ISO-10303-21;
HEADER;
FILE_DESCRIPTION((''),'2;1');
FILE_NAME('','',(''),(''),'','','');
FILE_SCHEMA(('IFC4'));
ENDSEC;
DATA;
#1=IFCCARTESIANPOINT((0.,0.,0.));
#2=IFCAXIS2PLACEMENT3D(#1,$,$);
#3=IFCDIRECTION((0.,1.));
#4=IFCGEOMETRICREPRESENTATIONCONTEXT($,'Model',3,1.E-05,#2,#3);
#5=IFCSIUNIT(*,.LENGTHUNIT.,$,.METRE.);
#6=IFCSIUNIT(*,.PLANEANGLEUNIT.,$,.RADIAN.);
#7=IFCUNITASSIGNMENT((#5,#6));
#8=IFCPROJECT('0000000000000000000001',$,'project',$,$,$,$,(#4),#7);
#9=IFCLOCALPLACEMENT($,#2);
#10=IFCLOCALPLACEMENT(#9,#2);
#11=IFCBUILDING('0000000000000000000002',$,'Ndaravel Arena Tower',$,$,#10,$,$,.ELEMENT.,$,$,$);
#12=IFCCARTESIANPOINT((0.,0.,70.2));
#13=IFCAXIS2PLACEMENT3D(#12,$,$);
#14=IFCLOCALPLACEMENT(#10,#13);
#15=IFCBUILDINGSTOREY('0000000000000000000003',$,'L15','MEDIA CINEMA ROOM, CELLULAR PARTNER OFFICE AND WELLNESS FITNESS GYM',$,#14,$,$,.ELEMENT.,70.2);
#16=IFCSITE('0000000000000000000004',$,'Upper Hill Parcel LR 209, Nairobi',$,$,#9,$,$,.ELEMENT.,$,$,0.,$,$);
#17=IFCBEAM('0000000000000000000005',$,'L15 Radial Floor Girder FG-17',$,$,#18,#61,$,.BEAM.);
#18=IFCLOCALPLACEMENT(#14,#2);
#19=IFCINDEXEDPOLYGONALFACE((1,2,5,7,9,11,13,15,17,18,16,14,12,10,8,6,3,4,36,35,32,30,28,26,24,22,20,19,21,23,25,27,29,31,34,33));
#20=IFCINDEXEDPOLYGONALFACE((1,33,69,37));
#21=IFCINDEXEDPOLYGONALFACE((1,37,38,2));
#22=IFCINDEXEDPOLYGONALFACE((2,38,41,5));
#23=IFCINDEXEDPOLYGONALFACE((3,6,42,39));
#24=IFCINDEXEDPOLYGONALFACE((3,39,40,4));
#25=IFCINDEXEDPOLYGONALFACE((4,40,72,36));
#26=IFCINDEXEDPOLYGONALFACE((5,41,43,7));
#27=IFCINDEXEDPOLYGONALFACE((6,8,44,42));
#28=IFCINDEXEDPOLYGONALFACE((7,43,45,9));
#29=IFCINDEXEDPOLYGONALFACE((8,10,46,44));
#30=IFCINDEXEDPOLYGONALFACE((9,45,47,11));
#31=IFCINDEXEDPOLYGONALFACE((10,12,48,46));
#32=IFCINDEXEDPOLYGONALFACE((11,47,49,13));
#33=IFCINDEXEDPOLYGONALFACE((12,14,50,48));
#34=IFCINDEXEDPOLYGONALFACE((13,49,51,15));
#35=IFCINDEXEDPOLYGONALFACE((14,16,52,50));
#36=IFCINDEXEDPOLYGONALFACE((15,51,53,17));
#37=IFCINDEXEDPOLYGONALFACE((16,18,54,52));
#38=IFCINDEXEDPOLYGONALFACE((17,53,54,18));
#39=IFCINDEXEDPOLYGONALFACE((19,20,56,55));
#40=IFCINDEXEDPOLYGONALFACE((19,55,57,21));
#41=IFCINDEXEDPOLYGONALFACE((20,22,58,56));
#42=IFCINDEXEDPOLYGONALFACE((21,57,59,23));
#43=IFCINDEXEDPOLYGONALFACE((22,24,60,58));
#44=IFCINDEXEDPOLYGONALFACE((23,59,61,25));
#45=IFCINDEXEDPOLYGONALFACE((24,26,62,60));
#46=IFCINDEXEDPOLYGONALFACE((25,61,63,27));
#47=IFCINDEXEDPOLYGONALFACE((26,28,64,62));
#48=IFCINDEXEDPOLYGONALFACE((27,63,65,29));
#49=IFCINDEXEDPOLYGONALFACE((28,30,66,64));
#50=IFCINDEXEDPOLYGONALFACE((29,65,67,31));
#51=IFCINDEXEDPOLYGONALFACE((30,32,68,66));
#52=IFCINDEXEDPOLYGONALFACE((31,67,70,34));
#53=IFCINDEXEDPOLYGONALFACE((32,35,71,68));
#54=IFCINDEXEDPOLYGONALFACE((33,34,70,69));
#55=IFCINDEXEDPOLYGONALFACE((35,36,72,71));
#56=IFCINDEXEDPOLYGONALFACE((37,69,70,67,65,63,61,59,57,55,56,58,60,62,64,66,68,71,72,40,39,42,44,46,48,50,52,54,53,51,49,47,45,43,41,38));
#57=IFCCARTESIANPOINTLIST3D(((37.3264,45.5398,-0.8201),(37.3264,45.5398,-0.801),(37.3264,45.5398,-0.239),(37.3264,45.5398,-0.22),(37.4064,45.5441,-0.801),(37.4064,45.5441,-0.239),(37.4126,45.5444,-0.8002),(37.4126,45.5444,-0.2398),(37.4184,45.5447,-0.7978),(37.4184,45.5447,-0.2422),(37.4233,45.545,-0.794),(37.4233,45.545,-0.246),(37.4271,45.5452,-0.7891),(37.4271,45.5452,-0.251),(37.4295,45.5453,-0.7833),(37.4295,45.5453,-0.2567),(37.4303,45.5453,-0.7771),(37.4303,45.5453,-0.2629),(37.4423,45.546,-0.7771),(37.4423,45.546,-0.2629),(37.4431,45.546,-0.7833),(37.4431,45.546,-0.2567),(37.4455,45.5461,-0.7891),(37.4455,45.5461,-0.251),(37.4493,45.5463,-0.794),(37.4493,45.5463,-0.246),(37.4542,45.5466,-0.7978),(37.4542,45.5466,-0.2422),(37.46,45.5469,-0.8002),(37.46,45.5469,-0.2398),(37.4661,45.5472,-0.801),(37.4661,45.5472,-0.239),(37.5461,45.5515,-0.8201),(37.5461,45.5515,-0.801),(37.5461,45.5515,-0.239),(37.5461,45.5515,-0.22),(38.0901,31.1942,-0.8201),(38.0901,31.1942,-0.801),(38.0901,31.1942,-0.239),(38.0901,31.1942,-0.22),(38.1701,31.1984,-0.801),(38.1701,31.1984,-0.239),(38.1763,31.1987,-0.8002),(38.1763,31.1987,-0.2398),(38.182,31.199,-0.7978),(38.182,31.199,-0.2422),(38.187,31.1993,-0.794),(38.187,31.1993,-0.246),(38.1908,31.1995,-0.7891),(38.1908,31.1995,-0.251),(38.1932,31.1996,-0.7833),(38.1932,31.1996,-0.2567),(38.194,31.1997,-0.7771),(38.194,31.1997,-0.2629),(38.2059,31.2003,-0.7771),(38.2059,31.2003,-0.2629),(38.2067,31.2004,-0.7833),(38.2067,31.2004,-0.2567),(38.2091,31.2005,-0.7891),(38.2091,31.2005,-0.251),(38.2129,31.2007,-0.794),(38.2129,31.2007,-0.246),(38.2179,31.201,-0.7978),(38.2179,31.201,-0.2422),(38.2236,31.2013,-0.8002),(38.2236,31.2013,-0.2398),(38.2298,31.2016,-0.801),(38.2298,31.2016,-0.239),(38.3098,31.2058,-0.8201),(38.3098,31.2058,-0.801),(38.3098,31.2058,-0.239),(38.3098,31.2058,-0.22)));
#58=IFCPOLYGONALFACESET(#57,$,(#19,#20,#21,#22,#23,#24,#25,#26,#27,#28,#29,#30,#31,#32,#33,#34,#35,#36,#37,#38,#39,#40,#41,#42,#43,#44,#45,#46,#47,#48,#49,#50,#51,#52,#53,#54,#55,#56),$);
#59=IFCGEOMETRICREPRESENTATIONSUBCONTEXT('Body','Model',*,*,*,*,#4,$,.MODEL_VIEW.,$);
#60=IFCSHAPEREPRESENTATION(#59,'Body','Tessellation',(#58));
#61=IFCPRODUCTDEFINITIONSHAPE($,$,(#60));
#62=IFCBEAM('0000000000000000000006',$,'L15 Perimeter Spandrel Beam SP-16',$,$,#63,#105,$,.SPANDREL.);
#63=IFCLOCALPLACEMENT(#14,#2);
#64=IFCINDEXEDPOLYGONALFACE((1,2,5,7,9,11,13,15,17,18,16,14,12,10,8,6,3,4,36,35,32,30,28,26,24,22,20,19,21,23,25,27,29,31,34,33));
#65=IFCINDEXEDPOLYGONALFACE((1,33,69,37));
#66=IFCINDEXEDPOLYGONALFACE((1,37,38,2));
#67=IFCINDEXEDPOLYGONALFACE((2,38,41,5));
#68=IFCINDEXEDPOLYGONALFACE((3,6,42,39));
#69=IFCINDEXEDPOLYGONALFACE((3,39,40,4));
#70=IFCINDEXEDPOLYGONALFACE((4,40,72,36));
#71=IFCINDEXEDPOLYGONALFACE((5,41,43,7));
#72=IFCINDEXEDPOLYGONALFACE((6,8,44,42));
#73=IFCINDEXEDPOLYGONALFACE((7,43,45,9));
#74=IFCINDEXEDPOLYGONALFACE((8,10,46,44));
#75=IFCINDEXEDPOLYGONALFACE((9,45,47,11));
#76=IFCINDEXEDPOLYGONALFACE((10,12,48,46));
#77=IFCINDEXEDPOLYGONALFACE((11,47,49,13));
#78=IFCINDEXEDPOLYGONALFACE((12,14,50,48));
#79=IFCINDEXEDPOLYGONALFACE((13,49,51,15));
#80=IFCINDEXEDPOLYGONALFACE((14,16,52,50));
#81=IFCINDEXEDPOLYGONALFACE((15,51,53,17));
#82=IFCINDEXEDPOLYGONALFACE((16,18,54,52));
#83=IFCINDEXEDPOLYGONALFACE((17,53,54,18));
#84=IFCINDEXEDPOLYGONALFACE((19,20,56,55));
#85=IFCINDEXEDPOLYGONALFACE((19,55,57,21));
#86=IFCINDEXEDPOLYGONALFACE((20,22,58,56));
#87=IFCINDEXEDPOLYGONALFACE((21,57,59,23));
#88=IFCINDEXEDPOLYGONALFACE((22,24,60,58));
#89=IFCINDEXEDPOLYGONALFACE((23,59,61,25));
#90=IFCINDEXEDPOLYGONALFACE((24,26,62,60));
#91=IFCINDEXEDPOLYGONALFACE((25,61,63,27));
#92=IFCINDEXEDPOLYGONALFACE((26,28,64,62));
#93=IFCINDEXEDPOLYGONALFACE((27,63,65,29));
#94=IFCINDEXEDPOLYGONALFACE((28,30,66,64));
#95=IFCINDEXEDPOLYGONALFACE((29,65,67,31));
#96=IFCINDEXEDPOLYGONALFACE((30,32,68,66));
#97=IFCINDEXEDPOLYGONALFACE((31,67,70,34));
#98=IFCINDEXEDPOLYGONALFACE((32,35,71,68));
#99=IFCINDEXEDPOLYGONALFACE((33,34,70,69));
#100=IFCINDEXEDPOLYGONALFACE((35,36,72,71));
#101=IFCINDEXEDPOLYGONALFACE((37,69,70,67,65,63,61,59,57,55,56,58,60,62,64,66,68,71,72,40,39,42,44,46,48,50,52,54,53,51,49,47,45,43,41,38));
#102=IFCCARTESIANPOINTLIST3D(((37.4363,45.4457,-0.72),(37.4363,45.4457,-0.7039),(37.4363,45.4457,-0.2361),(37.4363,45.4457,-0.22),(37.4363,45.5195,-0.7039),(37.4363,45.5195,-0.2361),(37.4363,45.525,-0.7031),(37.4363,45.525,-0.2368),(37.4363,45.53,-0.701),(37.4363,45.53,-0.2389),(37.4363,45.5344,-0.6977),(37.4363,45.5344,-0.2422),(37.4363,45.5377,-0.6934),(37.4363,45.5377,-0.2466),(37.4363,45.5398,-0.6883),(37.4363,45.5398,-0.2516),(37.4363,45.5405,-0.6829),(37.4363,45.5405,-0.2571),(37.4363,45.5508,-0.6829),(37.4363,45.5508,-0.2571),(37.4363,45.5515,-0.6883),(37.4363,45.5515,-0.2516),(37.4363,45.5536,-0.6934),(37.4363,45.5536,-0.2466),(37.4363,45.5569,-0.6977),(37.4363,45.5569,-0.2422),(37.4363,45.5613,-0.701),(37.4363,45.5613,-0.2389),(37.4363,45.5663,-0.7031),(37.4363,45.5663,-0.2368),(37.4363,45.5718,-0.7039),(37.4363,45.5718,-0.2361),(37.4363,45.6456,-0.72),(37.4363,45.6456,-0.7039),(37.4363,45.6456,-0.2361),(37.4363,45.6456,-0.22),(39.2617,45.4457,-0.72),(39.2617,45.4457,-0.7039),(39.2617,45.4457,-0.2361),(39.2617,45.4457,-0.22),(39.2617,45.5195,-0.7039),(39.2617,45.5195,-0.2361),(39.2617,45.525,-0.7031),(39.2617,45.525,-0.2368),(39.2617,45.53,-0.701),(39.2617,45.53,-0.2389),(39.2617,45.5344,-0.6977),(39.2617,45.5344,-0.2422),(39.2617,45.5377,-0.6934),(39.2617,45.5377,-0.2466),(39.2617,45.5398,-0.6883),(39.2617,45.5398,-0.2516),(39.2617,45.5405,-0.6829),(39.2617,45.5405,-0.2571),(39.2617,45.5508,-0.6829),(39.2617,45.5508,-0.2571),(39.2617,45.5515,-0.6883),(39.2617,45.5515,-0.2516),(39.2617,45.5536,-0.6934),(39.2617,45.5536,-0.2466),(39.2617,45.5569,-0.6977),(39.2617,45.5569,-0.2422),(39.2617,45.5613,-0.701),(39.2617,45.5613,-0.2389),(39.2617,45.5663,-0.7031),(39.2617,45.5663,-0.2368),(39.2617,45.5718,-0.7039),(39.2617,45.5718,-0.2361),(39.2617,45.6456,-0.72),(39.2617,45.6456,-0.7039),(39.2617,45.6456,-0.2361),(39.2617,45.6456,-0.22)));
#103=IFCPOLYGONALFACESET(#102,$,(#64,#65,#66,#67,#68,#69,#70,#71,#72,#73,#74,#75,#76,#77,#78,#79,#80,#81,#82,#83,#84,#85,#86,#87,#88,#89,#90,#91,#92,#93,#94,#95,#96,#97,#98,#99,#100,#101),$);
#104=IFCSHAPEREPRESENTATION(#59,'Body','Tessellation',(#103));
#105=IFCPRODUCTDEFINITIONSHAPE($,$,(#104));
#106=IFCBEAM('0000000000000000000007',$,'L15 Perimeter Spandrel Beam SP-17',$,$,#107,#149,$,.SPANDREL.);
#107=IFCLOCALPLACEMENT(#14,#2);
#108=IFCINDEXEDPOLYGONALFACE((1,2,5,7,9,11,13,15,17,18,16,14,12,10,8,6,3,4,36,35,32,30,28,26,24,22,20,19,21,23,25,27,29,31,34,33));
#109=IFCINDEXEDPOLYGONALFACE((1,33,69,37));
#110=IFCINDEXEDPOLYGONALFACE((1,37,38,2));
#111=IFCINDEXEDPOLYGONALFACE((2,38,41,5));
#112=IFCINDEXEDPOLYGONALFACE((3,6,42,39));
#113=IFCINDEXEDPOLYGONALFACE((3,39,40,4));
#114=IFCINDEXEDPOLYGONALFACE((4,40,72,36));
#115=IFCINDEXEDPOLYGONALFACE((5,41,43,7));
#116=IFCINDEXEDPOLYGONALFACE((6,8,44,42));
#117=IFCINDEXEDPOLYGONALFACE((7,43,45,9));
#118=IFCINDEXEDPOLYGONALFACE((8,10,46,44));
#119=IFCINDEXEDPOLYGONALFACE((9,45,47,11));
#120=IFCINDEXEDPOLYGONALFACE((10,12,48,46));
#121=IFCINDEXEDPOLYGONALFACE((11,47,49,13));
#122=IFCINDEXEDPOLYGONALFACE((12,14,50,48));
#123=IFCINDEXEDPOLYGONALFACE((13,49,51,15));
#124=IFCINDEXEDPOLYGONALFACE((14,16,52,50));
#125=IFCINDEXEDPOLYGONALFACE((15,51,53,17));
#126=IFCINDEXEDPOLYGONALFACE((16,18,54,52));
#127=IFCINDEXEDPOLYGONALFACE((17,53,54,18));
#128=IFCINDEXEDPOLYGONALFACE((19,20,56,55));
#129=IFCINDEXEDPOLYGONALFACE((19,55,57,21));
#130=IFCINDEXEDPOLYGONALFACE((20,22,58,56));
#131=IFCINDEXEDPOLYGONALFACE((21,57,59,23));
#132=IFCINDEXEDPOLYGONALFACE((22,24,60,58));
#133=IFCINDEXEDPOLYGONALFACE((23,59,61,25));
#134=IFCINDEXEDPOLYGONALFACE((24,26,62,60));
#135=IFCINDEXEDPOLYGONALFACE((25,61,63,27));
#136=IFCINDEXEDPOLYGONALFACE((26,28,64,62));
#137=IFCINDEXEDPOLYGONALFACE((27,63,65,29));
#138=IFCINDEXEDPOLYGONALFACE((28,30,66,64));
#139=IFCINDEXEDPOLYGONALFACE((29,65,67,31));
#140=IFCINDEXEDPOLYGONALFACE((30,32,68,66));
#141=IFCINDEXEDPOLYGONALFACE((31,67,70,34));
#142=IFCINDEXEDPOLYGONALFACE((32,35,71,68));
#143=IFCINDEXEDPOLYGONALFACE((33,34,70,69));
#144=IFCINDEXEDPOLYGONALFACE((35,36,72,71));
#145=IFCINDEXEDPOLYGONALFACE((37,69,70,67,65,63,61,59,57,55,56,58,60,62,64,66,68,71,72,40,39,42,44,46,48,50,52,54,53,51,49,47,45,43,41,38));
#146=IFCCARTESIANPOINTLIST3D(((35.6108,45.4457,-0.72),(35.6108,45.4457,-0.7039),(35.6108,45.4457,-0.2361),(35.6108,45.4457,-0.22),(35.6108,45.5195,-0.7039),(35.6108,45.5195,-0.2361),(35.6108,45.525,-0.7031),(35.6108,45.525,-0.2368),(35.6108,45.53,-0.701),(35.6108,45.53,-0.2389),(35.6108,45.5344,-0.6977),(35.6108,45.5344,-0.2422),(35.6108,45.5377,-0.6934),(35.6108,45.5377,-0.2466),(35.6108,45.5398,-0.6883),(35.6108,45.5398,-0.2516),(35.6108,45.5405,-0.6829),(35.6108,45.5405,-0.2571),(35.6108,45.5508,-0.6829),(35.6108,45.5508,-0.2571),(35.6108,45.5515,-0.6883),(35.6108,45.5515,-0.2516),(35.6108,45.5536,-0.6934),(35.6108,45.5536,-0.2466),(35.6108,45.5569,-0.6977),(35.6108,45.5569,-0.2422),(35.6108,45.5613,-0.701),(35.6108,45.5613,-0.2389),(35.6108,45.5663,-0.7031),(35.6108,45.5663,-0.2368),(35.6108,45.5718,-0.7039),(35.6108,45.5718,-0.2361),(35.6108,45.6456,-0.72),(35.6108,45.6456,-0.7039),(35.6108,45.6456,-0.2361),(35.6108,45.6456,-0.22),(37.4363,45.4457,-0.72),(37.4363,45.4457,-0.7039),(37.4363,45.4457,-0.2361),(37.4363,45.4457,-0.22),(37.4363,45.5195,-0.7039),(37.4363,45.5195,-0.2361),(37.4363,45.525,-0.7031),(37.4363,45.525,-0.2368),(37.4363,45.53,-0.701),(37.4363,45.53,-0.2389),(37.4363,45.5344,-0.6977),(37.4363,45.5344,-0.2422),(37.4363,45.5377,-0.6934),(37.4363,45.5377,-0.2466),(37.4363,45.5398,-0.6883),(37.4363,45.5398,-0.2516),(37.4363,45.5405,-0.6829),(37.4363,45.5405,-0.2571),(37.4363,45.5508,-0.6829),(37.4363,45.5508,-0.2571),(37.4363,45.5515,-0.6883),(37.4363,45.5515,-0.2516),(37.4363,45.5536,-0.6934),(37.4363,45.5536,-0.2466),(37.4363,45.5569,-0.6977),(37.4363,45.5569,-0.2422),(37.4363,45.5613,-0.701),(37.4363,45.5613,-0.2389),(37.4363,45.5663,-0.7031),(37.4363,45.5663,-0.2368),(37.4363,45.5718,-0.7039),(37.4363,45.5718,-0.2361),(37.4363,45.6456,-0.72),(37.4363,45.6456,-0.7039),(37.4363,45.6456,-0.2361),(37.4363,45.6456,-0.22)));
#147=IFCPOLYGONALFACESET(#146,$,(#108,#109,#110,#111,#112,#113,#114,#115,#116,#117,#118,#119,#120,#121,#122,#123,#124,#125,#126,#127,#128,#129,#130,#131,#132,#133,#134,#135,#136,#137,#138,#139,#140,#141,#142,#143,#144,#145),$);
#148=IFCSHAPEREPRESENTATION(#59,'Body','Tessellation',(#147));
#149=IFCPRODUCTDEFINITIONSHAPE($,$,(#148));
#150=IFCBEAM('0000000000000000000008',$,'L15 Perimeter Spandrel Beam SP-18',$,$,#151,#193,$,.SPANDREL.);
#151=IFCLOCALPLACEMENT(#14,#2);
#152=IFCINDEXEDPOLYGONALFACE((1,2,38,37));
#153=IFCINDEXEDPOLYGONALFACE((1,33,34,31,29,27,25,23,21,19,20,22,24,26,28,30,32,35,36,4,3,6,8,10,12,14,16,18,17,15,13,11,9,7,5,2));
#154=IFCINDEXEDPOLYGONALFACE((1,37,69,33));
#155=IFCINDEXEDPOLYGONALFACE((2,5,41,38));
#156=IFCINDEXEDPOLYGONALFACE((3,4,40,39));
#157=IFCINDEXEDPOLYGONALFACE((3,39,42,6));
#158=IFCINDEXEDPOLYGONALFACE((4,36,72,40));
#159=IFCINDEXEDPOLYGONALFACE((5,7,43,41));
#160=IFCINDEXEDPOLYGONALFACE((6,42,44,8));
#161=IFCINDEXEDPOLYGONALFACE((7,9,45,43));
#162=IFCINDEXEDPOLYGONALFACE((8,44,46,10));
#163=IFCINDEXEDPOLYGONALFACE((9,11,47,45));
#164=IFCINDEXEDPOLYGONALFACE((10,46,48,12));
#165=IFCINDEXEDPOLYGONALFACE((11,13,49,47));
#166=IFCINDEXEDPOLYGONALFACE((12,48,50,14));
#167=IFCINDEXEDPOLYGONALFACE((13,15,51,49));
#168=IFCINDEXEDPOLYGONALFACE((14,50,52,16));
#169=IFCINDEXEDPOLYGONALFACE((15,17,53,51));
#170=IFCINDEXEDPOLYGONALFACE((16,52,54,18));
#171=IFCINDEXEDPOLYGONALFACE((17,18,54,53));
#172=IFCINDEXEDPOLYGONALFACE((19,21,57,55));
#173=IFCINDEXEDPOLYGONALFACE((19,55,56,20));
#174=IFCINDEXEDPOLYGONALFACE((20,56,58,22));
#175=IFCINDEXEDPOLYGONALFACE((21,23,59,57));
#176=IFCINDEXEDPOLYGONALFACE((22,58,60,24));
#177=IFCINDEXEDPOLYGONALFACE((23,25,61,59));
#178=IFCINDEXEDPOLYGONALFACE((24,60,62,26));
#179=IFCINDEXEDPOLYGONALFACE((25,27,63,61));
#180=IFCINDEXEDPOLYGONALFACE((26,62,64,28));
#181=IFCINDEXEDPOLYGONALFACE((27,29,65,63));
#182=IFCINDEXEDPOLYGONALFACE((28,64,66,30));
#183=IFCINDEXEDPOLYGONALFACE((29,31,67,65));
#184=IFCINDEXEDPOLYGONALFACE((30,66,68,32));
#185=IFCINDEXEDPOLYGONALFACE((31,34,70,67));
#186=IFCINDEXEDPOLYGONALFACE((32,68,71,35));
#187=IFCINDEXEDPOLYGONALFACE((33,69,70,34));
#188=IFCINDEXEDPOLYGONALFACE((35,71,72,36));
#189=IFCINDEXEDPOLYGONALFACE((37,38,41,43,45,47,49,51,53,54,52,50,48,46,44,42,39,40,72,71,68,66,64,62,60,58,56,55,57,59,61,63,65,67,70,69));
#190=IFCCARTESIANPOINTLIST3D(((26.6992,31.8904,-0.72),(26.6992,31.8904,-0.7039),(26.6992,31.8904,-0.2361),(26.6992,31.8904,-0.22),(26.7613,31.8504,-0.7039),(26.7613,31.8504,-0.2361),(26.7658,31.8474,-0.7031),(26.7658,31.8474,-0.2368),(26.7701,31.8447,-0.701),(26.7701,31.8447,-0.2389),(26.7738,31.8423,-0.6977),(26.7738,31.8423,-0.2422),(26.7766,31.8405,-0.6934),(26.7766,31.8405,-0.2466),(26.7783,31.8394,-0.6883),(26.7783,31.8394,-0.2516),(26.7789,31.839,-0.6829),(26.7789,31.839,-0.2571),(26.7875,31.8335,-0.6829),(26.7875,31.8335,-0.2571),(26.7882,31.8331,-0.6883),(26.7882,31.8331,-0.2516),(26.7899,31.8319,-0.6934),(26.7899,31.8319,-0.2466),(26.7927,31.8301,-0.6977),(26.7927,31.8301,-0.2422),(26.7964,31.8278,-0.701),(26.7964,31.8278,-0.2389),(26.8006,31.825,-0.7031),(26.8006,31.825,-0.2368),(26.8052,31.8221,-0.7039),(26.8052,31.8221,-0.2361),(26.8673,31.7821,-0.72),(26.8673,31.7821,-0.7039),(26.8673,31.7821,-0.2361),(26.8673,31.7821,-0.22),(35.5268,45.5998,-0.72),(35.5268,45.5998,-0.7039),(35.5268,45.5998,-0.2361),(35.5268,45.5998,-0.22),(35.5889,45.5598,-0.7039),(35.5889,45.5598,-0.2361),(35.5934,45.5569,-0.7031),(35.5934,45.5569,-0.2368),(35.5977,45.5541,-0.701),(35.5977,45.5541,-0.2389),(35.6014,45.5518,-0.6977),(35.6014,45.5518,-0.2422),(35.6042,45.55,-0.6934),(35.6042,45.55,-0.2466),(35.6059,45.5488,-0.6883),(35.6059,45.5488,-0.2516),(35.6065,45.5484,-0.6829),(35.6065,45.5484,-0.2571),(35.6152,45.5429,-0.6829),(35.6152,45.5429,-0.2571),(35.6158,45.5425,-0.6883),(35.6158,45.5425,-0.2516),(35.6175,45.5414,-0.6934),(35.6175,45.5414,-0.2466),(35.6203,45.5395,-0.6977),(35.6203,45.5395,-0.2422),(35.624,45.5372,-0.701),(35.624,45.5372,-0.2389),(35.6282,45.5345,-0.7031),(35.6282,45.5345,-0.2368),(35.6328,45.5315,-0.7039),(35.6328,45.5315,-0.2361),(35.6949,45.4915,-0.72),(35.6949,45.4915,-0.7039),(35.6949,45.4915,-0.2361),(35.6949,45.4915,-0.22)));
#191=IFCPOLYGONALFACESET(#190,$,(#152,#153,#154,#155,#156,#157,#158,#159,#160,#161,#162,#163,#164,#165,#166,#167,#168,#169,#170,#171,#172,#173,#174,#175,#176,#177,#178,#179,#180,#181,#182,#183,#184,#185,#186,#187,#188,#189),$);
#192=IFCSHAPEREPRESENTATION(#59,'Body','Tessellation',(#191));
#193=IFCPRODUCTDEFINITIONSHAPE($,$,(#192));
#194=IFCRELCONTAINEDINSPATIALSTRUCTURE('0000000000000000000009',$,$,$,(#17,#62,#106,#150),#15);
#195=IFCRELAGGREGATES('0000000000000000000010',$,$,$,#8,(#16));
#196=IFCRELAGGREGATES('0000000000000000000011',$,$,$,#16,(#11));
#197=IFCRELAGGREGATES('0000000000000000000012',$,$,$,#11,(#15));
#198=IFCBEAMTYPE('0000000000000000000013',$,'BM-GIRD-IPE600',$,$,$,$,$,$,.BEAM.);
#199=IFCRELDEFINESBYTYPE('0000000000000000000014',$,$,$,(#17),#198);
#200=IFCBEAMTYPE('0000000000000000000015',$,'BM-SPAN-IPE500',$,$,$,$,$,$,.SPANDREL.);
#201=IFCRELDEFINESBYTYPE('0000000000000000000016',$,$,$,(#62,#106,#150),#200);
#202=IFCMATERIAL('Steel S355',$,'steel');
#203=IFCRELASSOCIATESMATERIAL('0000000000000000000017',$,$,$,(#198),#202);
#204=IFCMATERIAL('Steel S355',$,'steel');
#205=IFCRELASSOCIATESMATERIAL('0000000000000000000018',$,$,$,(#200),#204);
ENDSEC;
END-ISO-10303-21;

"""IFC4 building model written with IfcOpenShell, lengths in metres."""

from ifc_helpers import new_model, si_unit, direction, frame, origin, origin_2d, place, context, subcontext, project, spatial, i_section, extrude, material, material_profile, profile_set, type_object, element, save


model = new_model("IFC4")

# Units and contexts
model_context = context("Model", 3, precision=1e-05, world=origin(), true_north=direction((0.0, 1.0)))
body_context = subcontext(model_context, "Body", "Model", "MODEL_VIEW")
ifc_project = project(units=[si_unit("LENGTHUNIT", "METRE"), si_unit("PLANEANGLEUNIT", "RADIAN")], contexts=[model_context])

# Site, building, storey
site_placement = place(None, origin())
site = spatial("IfcSite", under=ifc_project, at=site_placement, Name="Upper Hill Parcel LR 209, Nairobi", CompositionType="ELEMENT", RefElevation=0.0)
building_placement = place(site_placement, origin())
building = spatial("IfcBuilding", under=site, at=building_placement, Name="Ndaravel Arena Tower", CompositionType="ELEMENT")
storey_placement = place(building_placement, frame((0.0, 0.0, 70.2)))
storey = spatial("IfcBuildingStorey", under=building, at=storey_placement, Name="L15", Description="MEDIA CINEMA ROOM, CELLULAR PARTNER OFFICE AND WELLNESS FITNESS GYM", CompositionType="ELEMENT", Elevation=70.2)

# Beams
ifc_material_1 = material(Name="Steel S355", Category="steel")
ifc_material_profile_1 = material_profile(ifc_material_1, i_section(OverallWidth=0.22, OverallDepth=0.6001, WebThickness=0.012, FlangeThickness=0.019, FilletRadius=0.0239, at=origin_2d()), Name="IPE 600")
ifc_profile_set_1 = profile_set([ifc_material_profile_1], Name="Steel S355")
beam_type_1 = type_object("IfcBeamType", Name="BM-GIRD-IPE600", PredefinedType="BEAM", material=ifc_profile_set_1)
beam_1_placement = place(storey_placement, frame((37.4363, 45.5457, -0.52), z_axis=(0.053158, -0.998586, 0.0), x_axis=(0.998586, 0.053158, 0.0)))
element("IfcBeam", 1, at=beam_1_placement, inside=storey, type_object=beam_type_1, Name="L15 Radial Floor Girder FG-17", PredefinedType="BEAM", context=body_context, shape_type="SweptSolid", body=[
    extrude(i_section(OverallWidth=0.22, OverallDepth=0.6001, WebThickness=0.012, FlangeThickness=0.019, FilletRadius=0.0239, at=origin_2d()), origin(), (0.0, 0.0, 1.0), 14.366),
])
ifc_material_2 = material(Name="Steel S355", Category="steel")
ifc_material_profile_2 = material_profile(ifc_material_2, i_section(OverallWidth=0.2, OverallDepth=0.5, WebThickness=0.0103, FlangeThickness=0.0161, FilletRadius=0.021, at=origin_2d()), Name="IPE 500")
ifc_profile_set_2 = profile_set([ifc_material_profile_2], Name="Steel S355")
beam_type_2 = type_object("IfcBeamType", Name="BM-SPAN-IPE500", PredefinedType="SPANDREL", material=ifc_profile_set_2)
for number, where, z_axis, x_axis, name in (
    (2, (39.2617, 45.5457, -0.47), (-1.0, 0.0, 0.0), (0.0, -1.0, 0.0), "L15 Perimeter Spandrel Beam SP-16"),
    (3, (37.4363, 45.5457, -0.47), (-1.0, 0.0, 0.0), (0.0, -1.0, 0.0), "L15 Perimeter Spandrel Beam SP-17"),
):
    element("IfcBeam", number, at=place(storey_placement, frame(where, z_axis=z_axis, x_axis=x_axis)), inside=storey, type_object=beam_type_2, Name=name, PredefinedType="SPANDREL", context=body_context, shape_type="SweptSolid", body=[
        extrude(i_section(OverallWidth=0.2, OverallDepth=0.5, WebThickness=0.0103, FlangeThickness=0.0161, FilletRadius=0.021, at=origin_2d()), origin(), (0.0, 0.0, 1.0), 1.8254),
    ])
beam_2_placement = place(storey_placement, frame((35.6108, 45.5457, -0.47), z_axis=(-0.541383, -0.840776, 0.0), x_axis=(0.840776, -0.541383, 0.0)))
element("IfcBeam", 4, at=beam_2_placement, inside=storey, type_object=beam_type_2, Name="L15 Perimeter Spandrel Beam SP-18", PredefinedType="SPANDREL", context=body_context, shape_type="SweptSolid", body=[
    extrude(i_section(OverallWidth=0.2, OverallDepth=0.5, WebThickness=0.0103, FlangeThickness=0.0161, FilletRadius=0.021, at=origin_2d()), origin(), (0.0, 0.0, 1.0), 16.3057),
])

save(model, "model.ifc")
